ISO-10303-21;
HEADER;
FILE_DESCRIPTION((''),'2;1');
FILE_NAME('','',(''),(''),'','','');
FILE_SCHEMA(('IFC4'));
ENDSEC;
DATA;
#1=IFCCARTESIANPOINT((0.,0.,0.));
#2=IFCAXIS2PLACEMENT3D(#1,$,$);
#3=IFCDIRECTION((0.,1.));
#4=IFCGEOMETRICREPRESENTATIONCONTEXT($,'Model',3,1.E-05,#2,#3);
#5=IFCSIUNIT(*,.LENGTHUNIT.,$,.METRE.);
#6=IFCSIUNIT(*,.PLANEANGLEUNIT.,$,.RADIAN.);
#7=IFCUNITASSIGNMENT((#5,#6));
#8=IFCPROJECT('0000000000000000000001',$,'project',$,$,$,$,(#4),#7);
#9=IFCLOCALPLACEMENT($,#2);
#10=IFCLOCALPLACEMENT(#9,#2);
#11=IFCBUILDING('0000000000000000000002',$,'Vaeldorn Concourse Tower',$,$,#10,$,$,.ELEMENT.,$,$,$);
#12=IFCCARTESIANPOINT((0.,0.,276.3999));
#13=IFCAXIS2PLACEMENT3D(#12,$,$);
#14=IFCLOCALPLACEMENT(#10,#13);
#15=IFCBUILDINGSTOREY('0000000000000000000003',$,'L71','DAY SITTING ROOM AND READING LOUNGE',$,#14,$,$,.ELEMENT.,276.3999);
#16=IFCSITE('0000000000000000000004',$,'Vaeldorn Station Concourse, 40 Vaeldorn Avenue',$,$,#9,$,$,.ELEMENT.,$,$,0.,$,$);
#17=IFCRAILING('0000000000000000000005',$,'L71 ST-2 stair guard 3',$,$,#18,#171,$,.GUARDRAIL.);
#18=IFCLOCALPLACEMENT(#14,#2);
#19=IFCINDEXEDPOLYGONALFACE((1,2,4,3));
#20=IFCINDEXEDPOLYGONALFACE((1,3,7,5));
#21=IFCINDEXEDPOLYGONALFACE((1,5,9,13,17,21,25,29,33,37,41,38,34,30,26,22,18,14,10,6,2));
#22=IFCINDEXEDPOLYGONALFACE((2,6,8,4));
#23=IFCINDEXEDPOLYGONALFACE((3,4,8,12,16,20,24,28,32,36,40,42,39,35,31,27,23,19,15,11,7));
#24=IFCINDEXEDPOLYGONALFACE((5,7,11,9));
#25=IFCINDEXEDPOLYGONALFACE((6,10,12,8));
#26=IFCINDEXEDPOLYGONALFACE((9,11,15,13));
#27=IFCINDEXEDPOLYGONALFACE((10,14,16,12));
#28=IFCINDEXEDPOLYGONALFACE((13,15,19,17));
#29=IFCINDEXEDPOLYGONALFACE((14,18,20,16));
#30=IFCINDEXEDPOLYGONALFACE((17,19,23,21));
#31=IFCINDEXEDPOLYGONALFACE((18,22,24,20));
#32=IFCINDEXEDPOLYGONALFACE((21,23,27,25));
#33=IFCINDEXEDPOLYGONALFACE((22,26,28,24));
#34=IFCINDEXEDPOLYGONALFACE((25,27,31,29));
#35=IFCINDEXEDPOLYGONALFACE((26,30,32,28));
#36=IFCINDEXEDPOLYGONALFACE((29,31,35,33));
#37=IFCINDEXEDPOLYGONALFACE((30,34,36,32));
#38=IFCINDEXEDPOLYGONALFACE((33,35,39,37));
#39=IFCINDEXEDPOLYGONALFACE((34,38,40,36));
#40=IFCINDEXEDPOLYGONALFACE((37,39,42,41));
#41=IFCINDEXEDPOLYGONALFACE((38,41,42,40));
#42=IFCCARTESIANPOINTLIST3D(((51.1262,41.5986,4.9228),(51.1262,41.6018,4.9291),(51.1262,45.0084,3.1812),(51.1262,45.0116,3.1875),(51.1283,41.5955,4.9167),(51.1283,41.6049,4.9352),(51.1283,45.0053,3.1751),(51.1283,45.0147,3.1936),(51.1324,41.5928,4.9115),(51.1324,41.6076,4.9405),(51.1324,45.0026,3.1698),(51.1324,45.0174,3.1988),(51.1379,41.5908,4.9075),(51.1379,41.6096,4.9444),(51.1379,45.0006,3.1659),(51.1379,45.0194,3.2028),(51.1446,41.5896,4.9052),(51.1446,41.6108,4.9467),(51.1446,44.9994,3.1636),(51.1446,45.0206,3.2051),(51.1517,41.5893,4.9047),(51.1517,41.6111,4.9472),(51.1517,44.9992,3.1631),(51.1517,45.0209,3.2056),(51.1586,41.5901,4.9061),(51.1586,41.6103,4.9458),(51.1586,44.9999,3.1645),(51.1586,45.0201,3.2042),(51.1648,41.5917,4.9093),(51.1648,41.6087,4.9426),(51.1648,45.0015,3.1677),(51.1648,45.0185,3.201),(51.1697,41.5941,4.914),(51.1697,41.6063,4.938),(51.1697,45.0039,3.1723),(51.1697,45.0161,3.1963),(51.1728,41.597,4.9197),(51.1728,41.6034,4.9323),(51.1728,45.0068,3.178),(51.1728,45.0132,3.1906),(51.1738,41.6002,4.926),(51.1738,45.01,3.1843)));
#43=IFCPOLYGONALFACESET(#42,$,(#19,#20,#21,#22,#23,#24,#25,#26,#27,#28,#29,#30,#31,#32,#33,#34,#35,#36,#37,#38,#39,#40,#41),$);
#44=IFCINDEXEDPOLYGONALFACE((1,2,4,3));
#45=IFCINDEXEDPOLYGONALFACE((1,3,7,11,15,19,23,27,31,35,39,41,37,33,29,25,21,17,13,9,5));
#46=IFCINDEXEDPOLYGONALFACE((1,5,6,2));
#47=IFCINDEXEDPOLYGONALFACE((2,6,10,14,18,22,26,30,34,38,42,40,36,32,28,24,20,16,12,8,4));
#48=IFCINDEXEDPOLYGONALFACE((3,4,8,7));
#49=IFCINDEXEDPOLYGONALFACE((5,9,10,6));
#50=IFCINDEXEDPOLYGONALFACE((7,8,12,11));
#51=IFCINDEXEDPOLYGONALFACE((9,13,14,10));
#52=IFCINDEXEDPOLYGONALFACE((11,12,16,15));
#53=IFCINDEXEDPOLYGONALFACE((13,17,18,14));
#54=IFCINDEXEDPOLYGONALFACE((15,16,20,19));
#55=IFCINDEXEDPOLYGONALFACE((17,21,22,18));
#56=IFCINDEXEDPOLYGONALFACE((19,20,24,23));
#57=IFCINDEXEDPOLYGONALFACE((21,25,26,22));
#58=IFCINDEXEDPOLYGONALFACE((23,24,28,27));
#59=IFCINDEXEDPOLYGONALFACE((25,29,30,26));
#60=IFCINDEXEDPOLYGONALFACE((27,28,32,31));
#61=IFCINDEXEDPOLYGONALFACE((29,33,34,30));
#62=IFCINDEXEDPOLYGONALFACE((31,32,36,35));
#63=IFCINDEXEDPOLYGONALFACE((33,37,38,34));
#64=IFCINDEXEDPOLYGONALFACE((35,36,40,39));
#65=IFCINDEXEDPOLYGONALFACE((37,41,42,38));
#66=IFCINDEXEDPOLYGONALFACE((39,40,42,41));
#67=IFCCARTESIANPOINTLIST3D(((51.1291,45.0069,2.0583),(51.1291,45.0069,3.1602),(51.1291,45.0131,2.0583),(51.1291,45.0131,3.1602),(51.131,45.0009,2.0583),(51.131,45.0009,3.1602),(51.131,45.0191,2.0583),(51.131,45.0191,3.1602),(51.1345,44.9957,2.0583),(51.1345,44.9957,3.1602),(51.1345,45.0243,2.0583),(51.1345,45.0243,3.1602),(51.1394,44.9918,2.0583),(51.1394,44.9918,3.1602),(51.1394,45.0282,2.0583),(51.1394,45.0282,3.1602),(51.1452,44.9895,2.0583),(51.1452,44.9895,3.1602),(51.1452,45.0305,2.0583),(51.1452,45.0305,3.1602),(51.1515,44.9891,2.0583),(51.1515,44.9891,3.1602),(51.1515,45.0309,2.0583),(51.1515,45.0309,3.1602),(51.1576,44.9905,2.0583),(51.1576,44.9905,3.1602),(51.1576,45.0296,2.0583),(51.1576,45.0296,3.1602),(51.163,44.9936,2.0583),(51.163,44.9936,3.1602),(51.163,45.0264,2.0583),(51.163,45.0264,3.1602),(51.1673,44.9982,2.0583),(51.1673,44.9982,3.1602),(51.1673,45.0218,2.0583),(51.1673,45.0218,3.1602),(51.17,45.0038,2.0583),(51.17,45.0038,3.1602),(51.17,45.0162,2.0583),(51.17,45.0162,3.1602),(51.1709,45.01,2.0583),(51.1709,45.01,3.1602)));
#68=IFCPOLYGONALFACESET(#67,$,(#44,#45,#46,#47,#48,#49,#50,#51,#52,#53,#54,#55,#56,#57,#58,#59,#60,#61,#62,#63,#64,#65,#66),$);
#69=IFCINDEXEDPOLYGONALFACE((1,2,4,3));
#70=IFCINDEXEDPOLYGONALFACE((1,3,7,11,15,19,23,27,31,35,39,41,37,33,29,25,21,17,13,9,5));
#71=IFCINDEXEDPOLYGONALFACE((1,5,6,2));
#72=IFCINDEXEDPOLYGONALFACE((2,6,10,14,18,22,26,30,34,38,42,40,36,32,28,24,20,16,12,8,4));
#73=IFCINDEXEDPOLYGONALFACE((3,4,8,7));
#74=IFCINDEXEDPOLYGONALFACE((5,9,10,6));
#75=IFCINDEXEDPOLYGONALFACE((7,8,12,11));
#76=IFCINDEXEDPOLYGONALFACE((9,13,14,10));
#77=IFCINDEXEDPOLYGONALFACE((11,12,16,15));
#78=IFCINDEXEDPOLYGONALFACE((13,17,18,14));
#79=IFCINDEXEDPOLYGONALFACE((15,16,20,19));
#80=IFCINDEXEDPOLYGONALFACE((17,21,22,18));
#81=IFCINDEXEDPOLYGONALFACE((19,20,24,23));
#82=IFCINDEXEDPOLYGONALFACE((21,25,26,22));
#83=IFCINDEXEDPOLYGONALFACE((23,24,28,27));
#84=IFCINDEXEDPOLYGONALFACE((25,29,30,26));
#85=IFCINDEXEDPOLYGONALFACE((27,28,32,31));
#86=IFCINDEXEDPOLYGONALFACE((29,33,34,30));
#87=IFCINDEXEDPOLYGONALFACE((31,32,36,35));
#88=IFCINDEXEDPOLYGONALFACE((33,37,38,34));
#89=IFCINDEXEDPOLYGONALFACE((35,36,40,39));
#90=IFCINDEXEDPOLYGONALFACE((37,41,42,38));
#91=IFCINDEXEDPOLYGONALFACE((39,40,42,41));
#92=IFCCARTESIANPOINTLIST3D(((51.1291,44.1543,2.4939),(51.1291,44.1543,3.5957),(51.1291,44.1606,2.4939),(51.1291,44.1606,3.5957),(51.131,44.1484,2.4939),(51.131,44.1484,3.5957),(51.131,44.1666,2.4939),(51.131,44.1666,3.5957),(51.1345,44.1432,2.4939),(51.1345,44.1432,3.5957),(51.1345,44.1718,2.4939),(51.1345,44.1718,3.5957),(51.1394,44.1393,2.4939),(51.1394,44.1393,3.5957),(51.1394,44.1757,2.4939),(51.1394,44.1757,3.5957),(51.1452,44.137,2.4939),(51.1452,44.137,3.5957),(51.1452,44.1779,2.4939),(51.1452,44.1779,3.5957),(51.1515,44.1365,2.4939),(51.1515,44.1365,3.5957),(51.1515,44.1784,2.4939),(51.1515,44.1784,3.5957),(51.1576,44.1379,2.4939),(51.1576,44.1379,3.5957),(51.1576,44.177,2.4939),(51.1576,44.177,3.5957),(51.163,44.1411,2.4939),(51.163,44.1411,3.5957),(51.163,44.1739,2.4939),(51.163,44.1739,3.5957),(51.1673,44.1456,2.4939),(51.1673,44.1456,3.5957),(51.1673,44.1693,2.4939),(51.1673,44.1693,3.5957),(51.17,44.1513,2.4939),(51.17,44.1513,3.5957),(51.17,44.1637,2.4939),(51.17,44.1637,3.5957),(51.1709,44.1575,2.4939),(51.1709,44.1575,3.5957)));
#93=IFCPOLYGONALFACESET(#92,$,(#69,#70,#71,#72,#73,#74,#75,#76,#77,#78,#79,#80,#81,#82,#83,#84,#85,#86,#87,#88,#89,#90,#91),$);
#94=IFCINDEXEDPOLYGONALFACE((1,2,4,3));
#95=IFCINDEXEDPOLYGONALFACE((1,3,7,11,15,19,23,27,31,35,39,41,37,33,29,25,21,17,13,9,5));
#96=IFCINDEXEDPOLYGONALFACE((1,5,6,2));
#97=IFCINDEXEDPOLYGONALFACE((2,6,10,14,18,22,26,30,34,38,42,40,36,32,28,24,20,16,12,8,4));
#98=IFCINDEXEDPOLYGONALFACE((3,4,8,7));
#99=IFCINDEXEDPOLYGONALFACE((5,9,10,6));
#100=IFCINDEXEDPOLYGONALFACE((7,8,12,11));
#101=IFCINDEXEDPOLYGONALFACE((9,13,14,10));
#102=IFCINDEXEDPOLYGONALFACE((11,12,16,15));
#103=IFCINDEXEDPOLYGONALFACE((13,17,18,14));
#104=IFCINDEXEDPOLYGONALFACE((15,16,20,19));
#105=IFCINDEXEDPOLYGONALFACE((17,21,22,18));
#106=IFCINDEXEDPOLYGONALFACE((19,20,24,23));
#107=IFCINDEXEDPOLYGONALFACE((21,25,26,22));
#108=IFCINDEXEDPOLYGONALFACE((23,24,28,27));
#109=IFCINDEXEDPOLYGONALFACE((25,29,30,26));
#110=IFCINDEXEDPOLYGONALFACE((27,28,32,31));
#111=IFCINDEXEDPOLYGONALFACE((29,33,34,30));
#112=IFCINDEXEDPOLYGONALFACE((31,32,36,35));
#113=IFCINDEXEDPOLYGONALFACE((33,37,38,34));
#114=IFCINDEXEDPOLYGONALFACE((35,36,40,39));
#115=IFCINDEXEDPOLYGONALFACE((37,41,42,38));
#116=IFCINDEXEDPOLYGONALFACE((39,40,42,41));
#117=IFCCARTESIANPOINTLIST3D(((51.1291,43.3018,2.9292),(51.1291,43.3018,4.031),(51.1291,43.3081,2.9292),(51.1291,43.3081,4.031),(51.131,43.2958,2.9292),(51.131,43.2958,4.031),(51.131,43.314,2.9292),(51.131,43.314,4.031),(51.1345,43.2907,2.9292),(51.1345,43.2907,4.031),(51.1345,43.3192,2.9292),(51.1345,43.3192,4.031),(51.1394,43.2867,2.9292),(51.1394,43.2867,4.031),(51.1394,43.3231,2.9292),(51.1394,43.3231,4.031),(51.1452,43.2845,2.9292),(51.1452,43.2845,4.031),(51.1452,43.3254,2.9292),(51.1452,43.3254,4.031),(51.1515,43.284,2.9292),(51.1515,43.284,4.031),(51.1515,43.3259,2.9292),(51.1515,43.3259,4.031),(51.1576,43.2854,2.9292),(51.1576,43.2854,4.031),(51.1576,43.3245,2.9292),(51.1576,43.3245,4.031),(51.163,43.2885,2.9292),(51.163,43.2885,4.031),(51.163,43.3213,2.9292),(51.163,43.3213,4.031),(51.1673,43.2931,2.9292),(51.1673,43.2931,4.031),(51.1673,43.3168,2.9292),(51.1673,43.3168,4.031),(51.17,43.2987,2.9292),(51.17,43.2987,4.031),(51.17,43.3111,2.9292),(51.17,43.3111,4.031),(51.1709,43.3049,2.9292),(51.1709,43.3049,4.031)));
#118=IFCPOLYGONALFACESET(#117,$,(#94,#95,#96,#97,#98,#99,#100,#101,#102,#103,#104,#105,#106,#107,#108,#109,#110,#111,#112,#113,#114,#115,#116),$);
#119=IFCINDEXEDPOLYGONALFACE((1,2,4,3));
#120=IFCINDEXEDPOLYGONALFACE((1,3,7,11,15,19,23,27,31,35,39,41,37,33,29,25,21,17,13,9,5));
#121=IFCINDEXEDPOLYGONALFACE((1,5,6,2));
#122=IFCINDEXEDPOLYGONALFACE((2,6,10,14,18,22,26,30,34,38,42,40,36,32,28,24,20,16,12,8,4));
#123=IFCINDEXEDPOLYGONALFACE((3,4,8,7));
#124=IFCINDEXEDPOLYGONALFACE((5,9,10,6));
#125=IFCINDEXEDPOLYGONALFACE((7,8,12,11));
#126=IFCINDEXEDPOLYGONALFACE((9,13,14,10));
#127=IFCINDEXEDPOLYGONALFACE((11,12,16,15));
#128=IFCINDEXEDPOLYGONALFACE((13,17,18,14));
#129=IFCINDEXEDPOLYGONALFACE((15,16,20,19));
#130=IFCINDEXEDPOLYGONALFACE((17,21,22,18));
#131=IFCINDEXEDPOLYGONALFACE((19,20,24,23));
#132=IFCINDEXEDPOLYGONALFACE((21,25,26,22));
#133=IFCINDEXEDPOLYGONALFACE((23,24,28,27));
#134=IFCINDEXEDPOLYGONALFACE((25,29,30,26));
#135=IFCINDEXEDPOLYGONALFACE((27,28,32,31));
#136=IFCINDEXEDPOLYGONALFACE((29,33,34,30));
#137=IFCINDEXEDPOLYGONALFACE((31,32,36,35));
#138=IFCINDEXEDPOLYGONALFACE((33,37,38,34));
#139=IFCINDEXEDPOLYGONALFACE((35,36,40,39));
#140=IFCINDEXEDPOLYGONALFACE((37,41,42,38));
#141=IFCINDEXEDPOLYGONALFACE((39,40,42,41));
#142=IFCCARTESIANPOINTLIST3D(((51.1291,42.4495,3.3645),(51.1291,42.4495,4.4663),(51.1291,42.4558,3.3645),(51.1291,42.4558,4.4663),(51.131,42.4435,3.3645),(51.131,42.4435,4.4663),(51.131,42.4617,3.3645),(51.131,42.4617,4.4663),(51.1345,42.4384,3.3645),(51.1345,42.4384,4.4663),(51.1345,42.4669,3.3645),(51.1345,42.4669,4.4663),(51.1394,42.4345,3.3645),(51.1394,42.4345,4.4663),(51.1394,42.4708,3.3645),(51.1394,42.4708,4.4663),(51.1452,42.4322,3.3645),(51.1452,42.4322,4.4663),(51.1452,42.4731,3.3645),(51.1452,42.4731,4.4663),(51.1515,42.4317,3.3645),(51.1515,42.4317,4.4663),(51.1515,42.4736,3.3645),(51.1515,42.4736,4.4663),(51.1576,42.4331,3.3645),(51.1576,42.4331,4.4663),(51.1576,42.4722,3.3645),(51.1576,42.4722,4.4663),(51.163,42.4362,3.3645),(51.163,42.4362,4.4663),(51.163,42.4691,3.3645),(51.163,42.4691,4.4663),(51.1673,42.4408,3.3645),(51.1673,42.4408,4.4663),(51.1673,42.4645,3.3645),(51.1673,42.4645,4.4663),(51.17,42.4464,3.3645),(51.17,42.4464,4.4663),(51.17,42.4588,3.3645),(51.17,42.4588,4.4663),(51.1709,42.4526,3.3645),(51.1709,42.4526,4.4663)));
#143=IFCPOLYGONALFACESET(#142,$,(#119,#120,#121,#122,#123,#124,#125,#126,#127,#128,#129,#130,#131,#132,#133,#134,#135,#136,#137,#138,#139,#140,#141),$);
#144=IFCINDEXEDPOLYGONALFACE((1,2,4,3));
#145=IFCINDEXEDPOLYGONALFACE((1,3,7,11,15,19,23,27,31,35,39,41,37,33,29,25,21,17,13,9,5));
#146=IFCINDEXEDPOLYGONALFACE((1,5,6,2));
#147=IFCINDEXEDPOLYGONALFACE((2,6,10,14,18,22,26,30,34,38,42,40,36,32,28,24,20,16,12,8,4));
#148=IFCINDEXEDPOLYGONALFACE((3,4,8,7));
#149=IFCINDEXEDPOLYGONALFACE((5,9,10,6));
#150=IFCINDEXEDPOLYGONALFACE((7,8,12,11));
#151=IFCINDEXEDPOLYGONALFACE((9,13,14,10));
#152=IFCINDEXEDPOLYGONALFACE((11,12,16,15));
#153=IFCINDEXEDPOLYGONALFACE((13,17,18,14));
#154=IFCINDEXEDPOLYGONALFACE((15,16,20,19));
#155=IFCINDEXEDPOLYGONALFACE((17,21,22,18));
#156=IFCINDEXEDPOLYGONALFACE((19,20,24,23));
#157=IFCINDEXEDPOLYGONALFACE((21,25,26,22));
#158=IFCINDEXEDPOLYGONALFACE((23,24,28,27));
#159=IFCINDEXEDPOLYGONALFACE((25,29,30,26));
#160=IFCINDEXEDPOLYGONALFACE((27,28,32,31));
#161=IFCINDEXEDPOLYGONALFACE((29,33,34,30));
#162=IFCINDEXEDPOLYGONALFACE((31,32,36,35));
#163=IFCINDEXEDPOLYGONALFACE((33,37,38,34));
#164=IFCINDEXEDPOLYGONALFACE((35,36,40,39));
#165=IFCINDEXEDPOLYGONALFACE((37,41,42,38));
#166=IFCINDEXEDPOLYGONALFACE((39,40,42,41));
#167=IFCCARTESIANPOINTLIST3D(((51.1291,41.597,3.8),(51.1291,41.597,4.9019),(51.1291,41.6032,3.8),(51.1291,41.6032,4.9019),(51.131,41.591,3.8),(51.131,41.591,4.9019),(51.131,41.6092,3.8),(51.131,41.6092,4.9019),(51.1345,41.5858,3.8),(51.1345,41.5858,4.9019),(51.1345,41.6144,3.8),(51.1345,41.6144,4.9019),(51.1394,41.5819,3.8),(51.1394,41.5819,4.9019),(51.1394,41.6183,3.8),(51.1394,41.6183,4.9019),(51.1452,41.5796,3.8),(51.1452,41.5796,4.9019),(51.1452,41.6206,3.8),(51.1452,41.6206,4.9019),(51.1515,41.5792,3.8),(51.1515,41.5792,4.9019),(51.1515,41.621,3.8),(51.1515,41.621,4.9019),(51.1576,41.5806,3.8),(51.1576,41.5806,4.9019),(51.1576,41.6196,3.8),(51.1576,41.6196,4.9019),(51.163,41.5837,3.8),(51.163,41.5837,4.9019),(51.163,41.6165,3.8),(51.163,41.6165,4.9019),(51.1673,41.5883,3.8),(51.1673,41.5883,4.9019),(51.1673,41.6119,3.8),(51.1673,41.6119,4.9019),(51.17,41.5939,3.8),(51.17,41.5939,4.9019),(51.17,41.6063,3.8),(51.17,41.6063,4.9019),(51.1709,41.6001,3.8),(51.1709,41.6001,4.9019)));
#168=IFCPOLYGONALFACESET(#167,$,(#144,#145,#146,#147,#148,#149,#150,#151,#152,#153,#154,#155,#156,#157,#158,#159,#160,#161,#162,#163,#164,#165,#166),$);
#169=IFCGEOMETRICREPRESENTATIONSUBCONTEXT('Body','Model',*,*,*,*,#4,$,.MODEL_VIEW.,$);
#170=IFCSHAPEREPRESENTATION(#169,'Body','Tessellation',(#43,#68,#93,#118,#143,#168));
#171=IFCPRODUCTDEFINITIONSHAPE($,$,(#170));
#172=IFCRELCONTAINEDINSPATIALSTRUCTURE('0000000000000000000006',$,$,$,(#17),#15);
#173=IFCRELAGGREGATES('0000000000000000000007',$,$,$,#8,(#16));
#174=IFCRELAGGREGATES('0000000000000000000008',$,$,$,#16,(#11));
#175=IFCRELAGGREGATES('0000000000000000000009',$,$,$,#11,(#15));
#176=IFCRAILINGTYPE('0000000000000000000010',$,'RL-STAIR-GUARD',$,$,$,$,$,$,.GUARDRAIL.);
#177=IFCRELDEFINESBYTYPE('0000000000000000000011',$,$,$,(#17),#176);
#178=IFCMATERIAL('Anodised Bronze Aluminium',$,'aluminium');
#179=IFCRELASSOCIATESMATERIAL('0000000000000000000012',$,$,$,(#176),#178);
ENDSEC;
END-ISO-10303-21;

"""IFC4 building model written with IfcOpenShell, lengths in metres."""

from ifc_helpers import new_model, si_unit, direction, frame, origin, origin_2d, place, context, subcontext, project, spatial, circle, extrude, material, type_object, element, save


model = new_model("IFC4")

# Units and contexts
model_context = context("Model", 3, precision=1e-05, world=origin(), true_north=direction((0.0, 1.0)))
body_context = subcontext(model_context, "Body", "Model", "MODEL_VIEW")
ifc_project = project(units=[si_unit("LENGTHUNIT", "METRE"), si_unit("PLANEANGLEUNIT", "RADIAN")], contexts=[model_context])

# Site, building, storey
site_placement = place(None, origin())
site = spatial("IfcSite", under=ifc_project, at=site_placement, Name="Vaeldorn Station Concourse, 40 Vaeldorn Avenue", CompositionType="ELEMENT", RefElevation=0.0)
building_placement = place(site_placement, origin())
building = spatial("IfcBuilding", under=site, at=building_placement, Name="Vaeldorn Concourse Tower", CompositionType="ELEMENT")
storey_placement = place(building_placement, frame((0.0, 0.0, 276.3999)))
storey = spatial("IfcBuildingStorey", under=building, at=storey_placement, Name="L71", Description="DAY SITTING ROOM AND READING LOUNGE", CompositionType="ELEMENT", Elevation=276.3999)

# Shared definitions
ifc_material_1 = material(Name="Anodised Bronze Aluminium", Category="aluminium")

# Railing
railing_type_1 = type_object("IfcRailingType", Name="RL-STAIR-GUARD", PredefinedType="GUARDRAIL", material=ifc_material_1)
railing_1_placement = place(storey_placement, frame((51.1499, 45.01, 2.0583)))
element("IfcRailing", 1, at=railing_1_placement, inside=storey, type_object=railing_type_1, Name="L71 ST-2 stair guard 3", PredefinedType="GUARDRAIL", context=body_context, shape_type="SweptSolid", body=[
    extrude(circle(Radius=0.0239, at=origin_2d()), frame((0.0, 0.0, 1.126), z_axis=(0.0, -0.890556, 0.454874), x_axis=(1.0, 0.0, 0.0)), (0.0, 0.0, 1.0), 3.8289),
    extrude(circle(Radius=0.021, at=origin_2d()), origin(), (0.0, 0.0, 1.0), 1.1018),
    extrude(circle(Radius=0.021, at=origin_2d()), frame((0.0, -0.8525, 0.4355)), (0.0, 0.0, 1.0), 1.1018),
    extrude(circle(Radius=0.021, at=origin_2d()), frame((0.0, -1.7051, 0.8708)), (0.0, 0.0, 1.0), 1.1018),
    extrude(circle(Radius=0.021, at=origin_2d()), frame((0.0, -2.5574, 1.3062)), (0.0, 0.0, 1.0), 1.1018),
    extrude(circle(Radius=0.021, at=origin_2d()), frame((0.0, -3.4099, 1.7417)), (0.0, 0.0, 1.0), 1.1018),
])

save(model, "model.ifc")
